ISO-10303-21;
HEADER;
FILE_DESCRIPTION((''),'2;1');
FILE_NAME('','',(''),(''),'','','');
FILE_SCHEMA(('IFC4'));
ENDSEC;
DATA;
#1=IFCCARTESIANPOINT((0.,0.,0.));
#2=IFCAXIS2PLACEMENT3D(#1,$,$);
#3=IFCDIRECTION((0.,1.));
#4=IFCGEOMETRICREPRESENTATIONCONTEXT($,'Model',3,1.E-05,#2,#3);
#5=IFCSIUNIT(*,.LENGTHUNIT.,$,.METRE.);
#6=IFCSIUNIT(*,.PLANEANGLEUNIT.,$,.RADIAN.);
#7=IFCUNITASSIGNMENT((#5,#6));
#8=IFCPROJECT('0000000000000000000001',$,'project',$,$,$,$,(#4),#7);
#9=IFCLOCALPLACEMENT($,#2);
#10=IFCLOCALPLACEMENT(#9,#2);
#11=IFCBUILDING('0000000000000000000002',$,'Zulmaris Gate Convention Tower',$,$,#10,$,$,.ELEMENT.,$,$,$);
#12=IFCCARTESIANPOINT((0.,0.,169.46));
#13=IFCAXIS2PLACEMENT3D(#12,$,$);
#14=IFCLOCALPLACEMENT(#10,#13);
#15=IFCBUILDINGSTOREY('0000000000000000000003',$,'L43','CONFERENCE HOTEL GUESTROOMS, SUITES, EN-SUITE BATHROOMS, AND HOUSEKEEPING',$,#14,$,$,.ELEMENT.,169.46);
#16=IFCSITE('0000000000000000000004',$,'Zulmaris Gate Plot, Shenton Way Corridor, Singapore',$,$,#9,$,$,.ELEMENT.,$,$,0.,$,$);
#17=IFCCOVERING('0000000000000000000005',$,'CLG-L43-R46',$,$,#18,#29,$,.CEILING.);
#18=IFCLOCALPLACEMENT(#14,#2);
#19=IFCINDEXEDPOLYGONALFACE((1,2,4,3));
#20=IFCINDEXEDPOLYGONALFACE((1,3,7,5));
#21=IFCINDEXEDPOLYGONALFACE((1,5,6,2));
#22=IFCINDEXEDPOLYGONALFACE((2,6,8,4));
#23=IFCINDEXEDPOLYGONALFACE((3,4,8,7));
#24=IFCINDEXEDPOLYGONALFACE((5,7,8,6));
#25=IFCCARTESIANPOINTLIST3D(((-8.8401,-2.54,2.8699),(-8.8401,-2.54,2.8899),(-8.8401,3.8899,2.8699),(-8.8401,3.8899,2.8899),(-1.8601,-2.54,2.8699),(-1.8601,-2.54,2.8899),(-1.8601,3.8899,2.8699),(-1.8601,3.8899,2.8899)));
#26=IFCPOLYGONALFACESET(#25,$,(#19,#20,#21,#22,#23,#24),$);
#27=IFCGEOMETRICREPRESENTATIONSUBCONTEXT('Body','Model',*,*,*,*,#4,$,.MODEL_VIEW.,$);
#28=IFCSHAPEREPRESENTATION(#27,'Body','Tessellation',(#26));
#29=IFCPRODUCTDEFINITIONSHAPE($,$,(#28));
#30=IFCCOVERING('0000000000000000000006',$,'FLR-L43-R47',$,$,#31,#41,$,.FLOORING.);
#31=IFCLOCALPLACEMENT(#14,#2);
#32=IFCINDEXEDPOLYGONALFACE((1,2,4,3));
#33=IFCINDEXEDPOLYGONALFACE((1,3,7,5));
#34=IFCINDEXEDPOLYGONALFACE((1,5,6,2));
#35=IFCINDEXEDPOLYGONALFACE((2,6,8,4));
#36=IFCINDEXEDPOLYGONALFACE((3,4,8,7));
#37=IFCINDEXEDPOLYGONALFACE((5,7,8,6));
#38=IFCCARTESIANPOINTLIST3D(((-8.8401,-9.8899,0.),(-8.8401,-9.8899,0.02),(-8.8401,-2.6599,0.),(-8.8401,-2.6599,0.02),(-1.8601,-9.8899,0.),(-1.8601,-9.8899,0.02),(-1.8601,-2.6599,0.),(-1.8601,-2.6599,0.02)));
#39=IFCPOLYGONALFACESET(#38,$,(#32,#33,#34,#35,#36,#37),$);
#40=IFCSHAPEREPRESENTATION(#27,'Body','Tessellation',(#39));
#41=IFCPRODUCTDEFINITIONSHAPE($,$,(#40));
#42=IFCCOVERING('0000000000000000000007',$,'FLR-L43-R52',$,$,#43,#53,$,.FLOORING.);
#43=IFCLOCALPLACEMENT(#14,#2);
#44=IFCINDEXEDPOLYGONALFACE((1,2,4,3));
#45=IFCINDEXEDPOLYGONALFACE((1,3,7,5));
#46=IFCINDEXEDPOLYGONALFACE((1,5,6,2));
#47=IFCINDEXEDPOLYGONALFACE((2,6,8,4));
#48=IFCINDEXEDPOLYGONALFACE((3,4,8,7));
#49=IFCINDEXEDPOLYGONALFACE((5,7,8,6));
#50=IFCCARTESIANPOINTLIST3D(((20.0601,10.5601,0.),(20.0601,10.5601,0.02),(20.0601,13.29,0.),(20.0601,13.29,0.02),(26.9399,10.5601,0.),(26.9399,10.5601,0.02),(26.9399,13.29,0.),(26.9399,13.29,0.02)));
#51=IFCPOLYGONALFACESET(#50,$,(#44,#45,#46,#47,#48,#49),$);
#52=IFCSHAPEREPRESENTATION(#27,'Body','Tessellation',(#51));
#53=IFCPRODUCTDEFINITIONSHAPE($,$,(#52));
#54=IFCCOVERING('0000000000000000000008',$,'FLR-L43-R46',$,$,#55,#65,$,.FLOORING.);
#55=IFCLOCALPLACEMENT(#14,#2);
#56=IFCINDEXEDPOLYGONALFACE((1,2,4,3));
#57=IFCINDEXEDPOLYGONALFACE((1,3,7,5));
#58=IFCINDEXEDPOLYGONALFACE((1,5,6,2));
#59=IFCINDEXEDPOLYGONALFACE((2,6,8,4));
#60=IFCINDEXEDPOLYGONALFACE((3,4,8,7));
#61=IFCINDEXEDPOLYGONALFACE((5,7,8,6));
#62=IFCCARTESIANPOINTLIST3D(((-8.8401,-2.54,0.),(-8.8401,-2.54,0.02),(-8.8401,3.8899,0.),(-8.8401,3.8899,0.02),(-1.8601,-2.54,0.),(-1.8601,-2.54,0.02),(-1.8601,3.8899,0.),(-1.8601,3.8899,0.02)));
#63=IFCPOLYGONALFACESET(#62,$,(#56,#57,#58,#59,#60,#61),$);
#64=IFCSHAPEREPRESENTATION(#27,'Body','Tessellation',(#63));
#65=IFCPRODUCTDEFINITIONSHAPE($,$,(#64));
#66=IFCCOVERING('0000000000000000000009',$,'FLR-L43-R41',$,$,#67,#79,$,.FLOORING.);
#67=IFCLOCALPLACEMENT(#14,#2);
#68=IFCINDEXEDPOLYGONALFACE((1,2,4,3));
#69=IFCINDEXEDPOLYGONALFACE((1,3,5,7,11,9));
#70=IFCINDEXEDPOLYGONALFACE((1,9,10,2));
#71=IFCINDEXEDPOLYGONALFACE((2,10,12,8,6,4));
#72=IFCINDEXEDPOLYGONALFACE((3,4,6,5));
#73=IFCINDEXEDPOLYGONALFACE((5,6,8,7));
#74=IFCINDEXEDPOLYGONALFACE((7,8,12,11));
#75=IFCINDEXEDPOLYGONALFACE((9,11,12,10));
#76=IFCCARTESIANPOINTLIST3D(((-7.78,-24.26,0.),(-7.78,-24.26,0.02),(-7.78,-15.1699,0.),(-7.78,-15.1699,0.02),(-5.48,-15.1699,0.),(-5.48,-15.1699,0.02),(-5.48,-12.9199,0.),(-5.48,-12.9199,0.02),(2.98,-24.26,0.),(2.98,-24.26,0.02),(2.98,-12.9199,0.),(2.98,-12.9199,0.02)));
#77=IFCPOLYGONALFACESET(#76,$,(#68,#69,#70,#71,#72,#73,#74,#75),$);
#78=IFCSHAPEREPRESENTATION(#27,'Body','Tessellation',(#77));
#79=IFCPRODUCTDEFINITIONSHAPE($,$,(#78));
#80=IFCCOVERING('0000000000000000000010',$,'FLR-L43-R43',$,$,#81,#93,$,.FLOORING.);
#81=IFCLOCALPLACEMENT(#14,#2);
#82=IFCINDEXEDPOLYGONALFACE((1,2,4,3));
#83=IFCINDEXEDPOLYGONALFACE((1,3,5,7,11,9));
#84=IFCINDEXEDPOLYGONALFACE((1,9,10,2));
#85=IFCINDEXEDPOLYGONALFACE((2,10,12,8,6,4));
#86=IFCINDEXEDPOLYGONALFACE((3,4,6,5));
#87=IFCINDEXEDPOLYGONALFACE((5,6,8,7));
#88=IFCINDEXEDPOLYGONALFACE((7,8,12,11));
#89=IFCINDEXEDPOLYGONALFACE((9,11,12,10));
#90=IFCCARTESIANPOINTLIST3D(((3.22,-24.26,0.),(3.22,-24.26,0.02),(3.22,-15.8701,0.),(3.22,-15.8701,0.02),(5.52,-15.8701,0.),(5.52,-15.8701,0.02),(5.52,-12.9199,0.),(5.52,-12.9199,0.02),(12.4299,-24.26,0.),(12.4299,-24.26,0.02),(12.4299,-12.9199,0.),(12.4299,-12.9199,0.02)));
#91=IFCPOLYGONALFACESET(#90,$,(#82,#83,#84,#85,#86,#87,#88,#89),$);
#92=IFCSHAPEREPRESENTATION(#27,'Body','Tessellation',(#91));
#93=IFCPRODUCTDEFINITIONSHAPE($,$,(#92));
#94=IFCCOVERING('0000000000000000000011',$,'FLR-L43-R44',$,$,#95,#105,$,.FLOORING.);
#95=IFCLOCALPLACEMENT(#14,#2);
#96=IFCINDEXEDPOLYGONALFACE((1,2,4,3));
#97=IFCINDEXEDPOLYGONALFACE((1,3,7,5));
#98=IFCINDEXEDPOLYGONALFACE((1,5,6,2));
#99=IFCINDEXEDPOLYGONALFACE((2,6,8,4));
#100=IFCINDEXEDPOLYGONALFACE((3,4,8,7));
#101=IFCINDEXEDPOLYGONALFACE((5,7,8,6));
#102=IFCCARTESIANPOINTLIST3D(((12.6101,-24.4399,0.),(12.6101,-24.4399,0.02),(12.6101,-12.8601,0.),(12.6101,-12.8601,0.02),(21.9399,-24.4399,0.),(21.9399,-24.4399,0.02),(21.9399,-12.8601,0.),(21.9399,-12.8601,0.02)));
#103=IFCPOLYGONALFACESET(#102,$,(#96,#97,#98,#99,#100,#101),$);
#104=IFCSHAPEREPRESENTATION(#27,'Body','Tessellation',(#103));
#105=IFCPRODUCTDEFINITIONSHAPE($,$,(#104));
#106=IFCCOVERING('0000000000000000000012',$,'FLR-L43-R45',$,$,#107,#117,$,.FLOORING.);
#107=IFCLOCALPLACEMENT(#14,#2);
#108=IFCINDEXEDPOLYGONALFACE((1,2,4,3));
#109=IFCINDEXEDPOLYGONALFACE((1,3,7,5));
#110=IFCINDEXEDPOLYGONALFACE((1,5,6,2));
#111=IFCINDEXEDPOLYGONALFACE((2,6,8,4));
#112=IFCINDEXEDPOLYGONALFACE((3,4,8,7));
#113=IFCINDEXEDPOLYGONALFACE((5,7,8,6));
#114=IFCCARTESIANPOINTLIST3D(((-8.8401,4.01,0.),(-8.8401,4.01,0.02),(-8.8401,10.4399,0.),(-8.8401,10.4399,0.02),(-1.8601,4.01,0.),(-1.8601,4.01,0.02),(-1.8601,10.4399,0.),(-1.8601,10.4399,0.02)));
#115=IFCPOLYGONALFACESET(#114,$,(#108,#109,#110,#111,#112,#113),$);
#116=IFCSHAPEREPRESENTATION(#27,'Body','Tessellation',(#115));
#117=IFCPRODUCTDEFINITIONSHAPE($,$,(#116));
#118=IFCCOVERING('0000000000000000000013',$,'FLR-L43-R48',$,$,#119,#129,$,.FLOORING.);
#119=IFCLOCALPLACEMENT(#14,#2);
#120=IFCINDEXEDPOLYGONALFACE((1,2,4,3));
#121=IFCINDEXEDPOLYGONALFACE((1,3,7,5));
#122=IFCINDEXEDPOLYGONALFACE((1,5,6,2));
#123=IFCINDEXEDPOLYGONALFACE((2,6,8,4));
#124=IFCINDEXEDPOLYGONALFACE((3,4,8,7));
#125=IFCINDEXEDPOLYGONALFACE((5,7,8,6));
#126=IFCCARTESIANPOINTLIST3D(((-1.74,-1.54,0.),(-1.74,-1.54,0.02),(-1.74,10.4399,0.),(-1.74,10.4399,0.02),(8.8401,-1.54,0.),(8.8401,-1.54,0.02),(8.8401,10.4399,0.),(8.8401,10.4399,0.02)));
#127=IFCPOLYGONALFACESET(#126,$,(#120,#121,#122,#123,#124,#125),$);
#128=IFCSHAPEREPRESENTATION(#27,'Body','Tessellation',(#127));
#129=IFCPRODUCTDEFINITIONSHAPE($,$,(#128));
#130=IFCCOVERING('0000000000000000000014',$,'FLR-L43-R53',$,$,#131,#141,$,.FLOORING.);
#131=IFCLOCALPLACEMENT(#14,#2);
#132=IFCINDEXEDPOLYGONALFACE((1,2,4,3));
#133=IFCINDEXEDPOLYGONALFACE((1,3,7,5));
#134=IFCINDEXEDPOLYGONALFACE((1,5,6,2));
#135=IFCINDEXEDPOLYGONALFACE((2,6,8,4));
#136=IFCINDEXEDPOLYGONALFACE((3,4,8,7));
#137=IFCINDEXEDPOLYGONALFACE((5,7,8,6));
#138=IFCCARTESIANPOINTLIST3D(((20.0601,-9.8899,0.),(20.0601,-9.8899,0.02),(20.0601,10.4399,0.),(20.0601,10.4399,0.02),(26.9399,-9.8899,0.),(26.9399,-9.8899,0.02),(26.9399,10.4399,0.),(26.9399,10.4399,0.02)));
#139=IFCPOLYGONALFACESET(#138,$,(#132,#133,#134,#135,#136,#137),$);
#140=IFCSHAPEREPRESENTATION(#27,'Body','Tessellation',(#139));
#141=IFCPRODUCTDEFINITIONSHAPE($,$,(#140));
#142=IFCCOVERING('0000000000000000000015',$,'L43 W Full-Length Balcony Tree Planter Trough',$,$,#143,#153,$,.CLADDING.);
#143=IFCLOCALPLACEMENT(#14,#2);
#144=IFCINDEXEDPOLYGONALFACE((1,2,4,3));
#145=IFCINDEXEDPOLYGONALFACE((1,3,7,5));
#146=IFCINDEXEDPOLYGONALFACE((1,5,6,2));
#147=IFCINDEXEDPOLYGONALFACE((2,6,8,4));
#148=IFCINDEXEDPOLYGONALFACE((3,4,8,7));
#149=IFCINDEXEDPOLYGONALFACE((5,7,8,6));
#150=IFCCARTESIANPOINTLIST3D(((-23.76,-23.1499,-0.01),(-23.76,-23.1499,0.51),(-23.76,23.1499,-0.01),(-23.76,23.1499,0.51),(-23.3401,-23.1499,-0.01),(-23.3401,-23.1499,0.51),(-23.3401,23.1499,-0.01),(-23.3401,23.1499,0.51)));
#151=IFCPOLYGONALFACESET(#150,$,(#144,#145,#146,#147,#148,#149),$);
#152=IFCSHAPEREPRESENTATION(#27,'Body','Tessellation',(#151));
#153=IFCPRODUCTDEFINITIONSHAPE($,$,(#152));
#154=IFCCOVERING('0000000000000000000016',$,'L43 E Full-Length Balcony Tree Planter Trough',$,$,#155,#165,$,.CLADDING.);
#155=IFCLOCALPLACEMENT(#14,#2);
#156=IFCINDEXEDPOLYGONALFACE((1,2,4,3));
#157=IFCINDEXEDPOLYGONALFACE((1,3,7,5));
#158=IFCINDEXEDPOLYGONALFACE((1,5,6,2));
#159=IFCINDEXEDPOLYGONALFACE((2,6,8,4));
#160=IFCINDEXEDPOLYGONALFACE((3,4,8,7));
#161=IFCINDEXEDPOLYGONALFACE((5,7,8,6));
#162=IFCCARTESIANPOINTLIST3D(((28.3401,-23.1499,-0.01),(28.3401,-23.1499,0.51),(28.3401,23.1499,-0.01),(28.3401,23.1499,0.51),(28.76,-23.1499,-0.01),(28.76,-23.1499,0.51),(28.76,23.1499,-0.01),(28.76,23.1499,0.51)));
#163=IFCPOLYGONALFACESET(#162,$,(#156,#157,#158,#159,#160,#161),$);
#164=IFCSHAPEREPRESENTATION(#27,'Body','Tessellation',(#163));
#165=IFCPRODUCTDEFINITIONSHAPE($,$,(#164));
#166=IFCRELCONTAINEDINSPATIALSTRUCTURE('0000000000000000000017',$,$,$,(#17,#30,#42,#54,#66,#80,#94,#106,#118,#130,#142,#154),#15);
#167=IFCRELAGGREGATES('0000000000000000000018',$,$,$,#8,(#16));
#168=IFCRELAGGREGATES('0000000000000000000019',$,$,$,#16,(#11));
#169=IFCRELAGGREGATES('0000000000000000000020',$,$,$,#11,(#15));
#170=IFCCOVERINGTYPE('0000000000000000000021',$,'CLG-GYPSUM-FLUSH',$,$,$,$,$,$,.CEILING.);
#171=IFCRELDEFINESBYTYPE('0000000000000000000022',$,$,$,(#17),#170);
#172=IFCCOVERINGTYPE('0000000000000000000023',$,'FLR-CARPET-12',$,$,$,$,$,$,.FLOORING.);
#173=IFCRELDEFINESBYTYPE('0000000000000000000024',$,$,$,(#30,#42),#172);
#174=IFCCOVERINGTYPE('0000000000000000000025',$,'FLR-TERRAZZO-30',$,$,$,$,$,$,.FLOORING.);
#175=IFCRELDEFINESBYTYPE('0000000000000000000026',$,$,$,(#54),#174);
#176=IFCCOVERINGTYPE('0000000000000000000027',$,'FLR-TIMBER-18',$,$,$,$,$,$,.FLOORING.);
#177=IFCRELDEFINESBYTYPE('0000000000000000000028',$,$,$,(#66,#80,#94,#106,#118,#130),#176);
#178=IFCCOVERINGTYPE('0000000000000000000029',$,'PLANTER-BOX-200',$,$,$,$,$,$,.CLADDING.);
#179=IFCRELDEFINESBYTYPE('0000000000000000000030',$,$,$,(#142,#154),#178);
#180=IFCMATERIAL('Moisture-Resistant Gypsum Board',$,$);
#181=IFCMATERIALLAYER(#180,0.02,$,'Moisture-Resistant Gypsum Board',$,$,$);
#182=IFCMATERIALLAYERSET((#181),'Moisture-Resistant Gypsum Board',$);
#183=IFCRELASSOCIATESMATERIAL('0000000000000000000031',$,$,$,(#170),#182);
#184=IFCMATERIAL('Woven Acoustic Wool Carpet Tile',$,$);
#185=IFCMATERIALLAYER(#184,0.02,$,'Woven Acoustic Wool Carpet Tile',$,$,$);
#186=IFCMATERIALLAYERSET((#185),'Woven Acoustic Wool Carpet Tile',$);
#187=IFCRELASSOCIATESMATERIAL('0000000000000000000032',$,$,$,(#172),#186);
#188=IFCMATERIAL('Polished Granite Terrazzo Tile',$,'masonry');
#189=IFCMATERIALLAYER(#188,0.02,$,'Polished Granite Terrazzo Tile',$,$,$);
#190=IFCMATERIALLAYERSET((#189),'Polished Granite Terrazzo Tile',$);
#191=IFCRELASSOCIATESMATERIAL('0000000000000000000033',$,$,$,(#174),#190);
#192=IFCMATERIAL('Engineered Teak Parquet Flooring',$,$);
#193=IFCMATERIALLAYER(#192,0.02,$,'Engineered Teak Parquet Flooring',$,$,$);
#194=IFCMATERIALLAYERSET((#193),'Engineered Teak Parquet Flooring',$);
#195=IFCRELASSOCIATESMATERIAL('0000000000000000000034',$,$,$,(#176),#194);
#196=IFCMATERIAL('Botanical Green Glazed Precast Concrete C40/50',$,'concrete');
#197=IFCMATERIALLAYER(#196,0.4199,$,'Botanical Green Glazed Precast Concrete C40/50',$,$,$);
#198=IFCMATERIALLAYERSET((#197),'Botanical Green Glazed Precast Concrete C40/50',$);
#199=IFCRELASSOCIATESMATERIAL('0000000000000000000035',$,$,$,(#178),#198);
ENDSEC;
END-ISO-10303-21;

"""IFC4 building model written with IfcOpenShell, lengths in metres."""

from ifc_helpers import new_model, si_unit, direction, frame, origin, place, context, subcontext, project, spatial, polyline, outline, extrude, material, layer, layer_set, type_object, element, save


model = new_model("IFC4")

# Units and contexts
model_context = context("Model", 3, precision=1e-05, world=origin(), true_north=direction((0.0, 1.0)))
body_context = subcontext(model_context, "Body", "Model", "MODEL_VIEW")
ifc_project = project(units=[si_unit("LENGTHUNIT", "METRE"), si_unit("PLANEANGLEUNIT", "RADIAN")], contexts=[model_context])

# Site, building, storey
site_placement = place(None, origin())
site = spatial("IfcSite", under=ifc_project, at=site_placement, Name="Zulmaris Gate Plot, Shenton Way Corridor, Singapore", CompositionType="ELEMENT", RefElevation=0.0)
building_placement = place(site_placement, origin())
building = spatial("IfcBuilding", under=site, at=building_placement, Name="Zulmaris Gate Convention Tower", CompositionType="ELEMENT")
storey_placement = place(building_placement, frame((0.0, 0.0, 169.46)))
storey = spatial("IfcBuildingStorey", under=building, at=storey_placement, Name="L43", Description="CONFERENCE HOTEL GUESTROOMS, SUITES, EN-SUITE BATHROOMS, AND HOUSEKEEPING", CompositionType="ELEMENT", Elevation=169.46)

# Coverings
ifc_material_1 = material(Name="Moisture-Resistant Gypsum Board")
ifc_layer_1 = layer(ifc_material_1, 0.02, Name="Moisture-Resistant Gypsum Board")
ifc_layer_set_1 = layer_set([ifc_layer_1], Name="Moisture-Resistant Gypsum Board")
covering_type_1 = type_object("IfcCoveringType", Name="CLG-GYPSUM-FLUSH", PredefinedType="CEILING", material=ifc_layer_set_1)
covering_1_placement = place(storey_placement, frame((0.0, 0.0, 2.8699)))
element("IfcCovering", 1, at=covering_1_placement, inside=storey, type_object=covering_type_1, Name="CLG-L43-R46", PredefinedType="CEILING", context=body_context, shape_type="SweptSolid", body=[
    extrude(outline(polyline([(-8.8401, -2.54), (-1.8601, -2.54), (-1.8601, 3.8899), (-8.8401, 3.8899), (-8.8401, -2.54)])), origin(), (0.0, 0.0, 1.0), 0.02),
])
ifc_material_2 = material(Name="Woven Acoustic Wool Carpet Tile")
ifc_layer_2 = layer(ifc_material_2, 0.02, Name="Woven Acoustic Wool Carpet Tile")
ifc_layer_set_2 = layer_set([ifc_layer_2], Name="Woven Acoustic Wool Carpet Tile")
covering_type_2 = type_object("IfcCoveringType", Name="FLR-CARPET-12", PredefinedType="FLOORING", material=ifc_layer_set_2)
covering_2_placement = place(storey_placement, origin())
element("IfcCovering", 2, at=covering_2_placement, inside=storey, type_object=covering_type_2, Name="FLR-L43-R47", PredefinedType="FLOORING", context=body_context, shape_type="SweptSolid", body=[
    extrude(outline(polyline([(-8.8401, -9.8899), (-1.8601, -9.8899), (-1.8601, -2.6599), (-8.8401, -2.6599), (-8.8401, -9.8899)])), origin(), (0.0, 0.0, 1.0), 0.02),
])
covering_3_placement = place(storey_placement, origin())
element("IfcCovering", 3, at=covering_3_placement, inside=storey, type_object=covering_type_2, Name="FLR-L43-R52", PredefinedType="FLOORING", context=body_context, shape_type="SweptSolid", body=[
    extrude(outline(polyline([(20.0601, 10.5601), (26.9399, 10.5601), (26.9399, 13.29), (20.0601, 13.29), (20.0601, 10.5601)])), origin(), (0.0, 0.0, 1.0), 0.02),
])
ifc_material_3 = material(Name="Polished Granite Terrazzo Tile", Category="masonry")
ifc_layer_3 = layer(ifc_material_3, 0.02, Name="Polished Granite Terrazzo Tile")
ifc_layer_set_3 = layer_set([ifc_layer_3], Name="Polished Granite Terrazzo Tile")
covering_type_3 = type_object("IfcCoveringType", Name="FLR-TERRAZZO-30", PredefinedType="FLOORING", material=ifc_layer_set_3)
covering_4_placement = place(storey_placement, origin())
element("IfcCovering", 4, at=covering_4_placement, inside=storey, type_object=covering_type_3, Name="FLR-L43-R46", PredefinedType="FLOORING", context=body_context, shape_type="SweptSolid", body=[
    extrude(outline(polyline([(-8.8401, -2.54), (-1.8601, -2.54), (-1.8601, 3.8899), (-8.8401, 3.8899), (-8.8401, -2.54)])), origin(), (0.0, 0.0, 1.0), 0.02),
])
ifc_material_4 = material(Name="Engineered Teak Parquet Flooring")
ifc_layer_4 = layer(ifc_material_4, 0.02, Name="Engineered Teak Parquet Flooring")
ifc_layer_set_4 = layer_set([ifc_layer_4], Name="Engineered Teak Parquet Flooring")
covering_type_4 = type_object("IfcCoveringType", Name="FLR-TIMBER-18", PredefinedType="FLOORING", material=ifc_layer_set_4)
covering_5_placement = place(storey_placement, origin())
element("IfcCovering", 5, at=covering_5_placement, inside=storey, type_object=covering_type_4, Name="FLR-L43-R41", PredefinedType="FLOORING", context=body_context, shape_type="SweptSolid", body=[
    extrude(outline(polyline([(-7.78, -24.26), (2.98, -24.26), (2.98, -12.9199), (-5.48, -12.9199), (-5.48, -15.1699), (-7.78, -15.1699), (-7.78, -24.26)])), origin(), (0.0, 0.0, 1.0), 0.02),
])
covering_6_placement = place(storey_placement, origin())
element("IfcCovering", 6, at=covering_6_placement, inside=storey, type_object=covering_type_4, Name="FLR-L43-R43", PredefinedType="FLOORING", context=body_context, shape_type="SweptSolid", body=[
    extrude(outline(polyline([(3.22, -24.26), (12.4299, -24.26), (12.4299, -12.9199), (5.52, -12.9199), (5.52, -15.8701), (3.22, -15.8701), (3.22, -24.26)])), origin(), (0.0, 0.0, 1.0), 0.02),
])
covering_7_placement = place(storey_placement, origin())
element("IfcCovering", 7, at=covering_7_placement, inside=storey, type_object=covering_type_4, Name="FLR-L43-R44", PredefinedType="FLOORING", context=body_context, shape_type="SweptSolid", body=[
    extrude(outline(polyline([(12.6101, -24.4399), (21.9399, -24.4399), (21.9399, -12.8601), (12.6101, -12.8601), (12.6101, -24.4399)])), origin(), (0.0, 0.0, 1.0), 0.02),
])
covering_8_placement = place(storey_placement, origin())
element("IfcCovering", 8, at=covering_8_placement, inside=storey, type_object=covering_type_4, Name="FLR-L43-R45", PredefinedType="FLOORING", context=body_context, shape_type="SweptSolid", body=[
    extrude(outline(polyline([(-8.8401, 4.01), (-1.8601, 4.01), (-1.8601, 10.4399), (-8.8401, 10.4399), (-8.8401, 4.01)])), origin(), (0.0, 0.0, 1.0), 0.02),
])
covering_9_placement = place(storey_placement, origin())
element("IfcCovering", 9, at=covering_9_placement, inside=storey, type_object=covering_type_4, Name="FLR-L43-R48", PredefinedType="FLOORING", context=body_context, shape_type="SweptSolid", body=[
    extrude(outline(polyline([(-1.74, -1.54), (8.8401, -1.54), (8.8401, 10.4399), (-1.74, 10.4399), (-1.74, -1.54)])), origin(), (0.0, 0.0, 1.0), 0.02),
])
covering_10_placement = place(storey_placement, origin())
element("IfcCovering", 10, at=covering_10_placement, inside=storey, type_object=covering_type_4, Name="FLR-L43-R53", PredefinedType="FLOORING", context=body_context, shape_type="SweptSolid", body=[
    extrude(outline(polyline([(20.0601, -9.8899), (26.9399, -9.8899), (26.9399, 10.4399), (20.0601, 10.4399), (20.0601, -9.8899)])), origin(), (0.0, 0.0, 1.0), 0.02),
])
ifc_material_5 = material(Name="Botanical Green Glazed Precast Concrete C40/50", Category="concrete")
ifc_layer_5 = layer(ifc_material_5, 0.4199, Name="Botanical Green Glazed Precast Concrete C40/50")
ifc_layer_set_5 = layer_set([ifc_layer_5], Name="Botanical Green Glazed Precast Concrete C40/50")
covering_type_5 = type_object("IfcCoveringType", Name="PLANTER-BOX-200", PredefinedType="CLADDING", material=ifc_layer_set_5)
covering_11_placement = place(storey_placement, frame((0.0, 0.0, -0.01)))
element("IfcCovering", 11, at=covering_11_placement, inside=storey, type_object=covering_type_5, Name="L43 W Full-Length Balcony Tree Planter Trough", PredefinedType="CLADDING", context=body_context, shape_type="SweptSolid", body=[
    extrude(outline(polyline([(-23.76, -23.1499), (-23.3401, -23.1499), (-23.3401, 23.1499), (-23.76, 23.1499), (-23.76, -23.1499)])), origin(), (0.0, 0.0, 1.0), 0.52),
])
covering_12_placement = place(storey_placement, frame((0.0, 0.0, -0.01)))
element("IfcCovering", 12, at=covering_12_placement, inside=storey, type_object=covering_type_5, Name="L43 E Full-Length Balcony Tree Planter Trough", PredefinedType="CLADDING", context=body_context, shape_type="SweptSolid", body=[
    extrude(outline(polyline([(28.3401, -23.1499), (28.76, -23.1499), (28.76, 23.1499), (28.3401, 23.1499), (28.3401, -23.1499)])), origin(), (0.0, 0.0, 1.0), 0.52),
])

save(model, "model.ifc")
